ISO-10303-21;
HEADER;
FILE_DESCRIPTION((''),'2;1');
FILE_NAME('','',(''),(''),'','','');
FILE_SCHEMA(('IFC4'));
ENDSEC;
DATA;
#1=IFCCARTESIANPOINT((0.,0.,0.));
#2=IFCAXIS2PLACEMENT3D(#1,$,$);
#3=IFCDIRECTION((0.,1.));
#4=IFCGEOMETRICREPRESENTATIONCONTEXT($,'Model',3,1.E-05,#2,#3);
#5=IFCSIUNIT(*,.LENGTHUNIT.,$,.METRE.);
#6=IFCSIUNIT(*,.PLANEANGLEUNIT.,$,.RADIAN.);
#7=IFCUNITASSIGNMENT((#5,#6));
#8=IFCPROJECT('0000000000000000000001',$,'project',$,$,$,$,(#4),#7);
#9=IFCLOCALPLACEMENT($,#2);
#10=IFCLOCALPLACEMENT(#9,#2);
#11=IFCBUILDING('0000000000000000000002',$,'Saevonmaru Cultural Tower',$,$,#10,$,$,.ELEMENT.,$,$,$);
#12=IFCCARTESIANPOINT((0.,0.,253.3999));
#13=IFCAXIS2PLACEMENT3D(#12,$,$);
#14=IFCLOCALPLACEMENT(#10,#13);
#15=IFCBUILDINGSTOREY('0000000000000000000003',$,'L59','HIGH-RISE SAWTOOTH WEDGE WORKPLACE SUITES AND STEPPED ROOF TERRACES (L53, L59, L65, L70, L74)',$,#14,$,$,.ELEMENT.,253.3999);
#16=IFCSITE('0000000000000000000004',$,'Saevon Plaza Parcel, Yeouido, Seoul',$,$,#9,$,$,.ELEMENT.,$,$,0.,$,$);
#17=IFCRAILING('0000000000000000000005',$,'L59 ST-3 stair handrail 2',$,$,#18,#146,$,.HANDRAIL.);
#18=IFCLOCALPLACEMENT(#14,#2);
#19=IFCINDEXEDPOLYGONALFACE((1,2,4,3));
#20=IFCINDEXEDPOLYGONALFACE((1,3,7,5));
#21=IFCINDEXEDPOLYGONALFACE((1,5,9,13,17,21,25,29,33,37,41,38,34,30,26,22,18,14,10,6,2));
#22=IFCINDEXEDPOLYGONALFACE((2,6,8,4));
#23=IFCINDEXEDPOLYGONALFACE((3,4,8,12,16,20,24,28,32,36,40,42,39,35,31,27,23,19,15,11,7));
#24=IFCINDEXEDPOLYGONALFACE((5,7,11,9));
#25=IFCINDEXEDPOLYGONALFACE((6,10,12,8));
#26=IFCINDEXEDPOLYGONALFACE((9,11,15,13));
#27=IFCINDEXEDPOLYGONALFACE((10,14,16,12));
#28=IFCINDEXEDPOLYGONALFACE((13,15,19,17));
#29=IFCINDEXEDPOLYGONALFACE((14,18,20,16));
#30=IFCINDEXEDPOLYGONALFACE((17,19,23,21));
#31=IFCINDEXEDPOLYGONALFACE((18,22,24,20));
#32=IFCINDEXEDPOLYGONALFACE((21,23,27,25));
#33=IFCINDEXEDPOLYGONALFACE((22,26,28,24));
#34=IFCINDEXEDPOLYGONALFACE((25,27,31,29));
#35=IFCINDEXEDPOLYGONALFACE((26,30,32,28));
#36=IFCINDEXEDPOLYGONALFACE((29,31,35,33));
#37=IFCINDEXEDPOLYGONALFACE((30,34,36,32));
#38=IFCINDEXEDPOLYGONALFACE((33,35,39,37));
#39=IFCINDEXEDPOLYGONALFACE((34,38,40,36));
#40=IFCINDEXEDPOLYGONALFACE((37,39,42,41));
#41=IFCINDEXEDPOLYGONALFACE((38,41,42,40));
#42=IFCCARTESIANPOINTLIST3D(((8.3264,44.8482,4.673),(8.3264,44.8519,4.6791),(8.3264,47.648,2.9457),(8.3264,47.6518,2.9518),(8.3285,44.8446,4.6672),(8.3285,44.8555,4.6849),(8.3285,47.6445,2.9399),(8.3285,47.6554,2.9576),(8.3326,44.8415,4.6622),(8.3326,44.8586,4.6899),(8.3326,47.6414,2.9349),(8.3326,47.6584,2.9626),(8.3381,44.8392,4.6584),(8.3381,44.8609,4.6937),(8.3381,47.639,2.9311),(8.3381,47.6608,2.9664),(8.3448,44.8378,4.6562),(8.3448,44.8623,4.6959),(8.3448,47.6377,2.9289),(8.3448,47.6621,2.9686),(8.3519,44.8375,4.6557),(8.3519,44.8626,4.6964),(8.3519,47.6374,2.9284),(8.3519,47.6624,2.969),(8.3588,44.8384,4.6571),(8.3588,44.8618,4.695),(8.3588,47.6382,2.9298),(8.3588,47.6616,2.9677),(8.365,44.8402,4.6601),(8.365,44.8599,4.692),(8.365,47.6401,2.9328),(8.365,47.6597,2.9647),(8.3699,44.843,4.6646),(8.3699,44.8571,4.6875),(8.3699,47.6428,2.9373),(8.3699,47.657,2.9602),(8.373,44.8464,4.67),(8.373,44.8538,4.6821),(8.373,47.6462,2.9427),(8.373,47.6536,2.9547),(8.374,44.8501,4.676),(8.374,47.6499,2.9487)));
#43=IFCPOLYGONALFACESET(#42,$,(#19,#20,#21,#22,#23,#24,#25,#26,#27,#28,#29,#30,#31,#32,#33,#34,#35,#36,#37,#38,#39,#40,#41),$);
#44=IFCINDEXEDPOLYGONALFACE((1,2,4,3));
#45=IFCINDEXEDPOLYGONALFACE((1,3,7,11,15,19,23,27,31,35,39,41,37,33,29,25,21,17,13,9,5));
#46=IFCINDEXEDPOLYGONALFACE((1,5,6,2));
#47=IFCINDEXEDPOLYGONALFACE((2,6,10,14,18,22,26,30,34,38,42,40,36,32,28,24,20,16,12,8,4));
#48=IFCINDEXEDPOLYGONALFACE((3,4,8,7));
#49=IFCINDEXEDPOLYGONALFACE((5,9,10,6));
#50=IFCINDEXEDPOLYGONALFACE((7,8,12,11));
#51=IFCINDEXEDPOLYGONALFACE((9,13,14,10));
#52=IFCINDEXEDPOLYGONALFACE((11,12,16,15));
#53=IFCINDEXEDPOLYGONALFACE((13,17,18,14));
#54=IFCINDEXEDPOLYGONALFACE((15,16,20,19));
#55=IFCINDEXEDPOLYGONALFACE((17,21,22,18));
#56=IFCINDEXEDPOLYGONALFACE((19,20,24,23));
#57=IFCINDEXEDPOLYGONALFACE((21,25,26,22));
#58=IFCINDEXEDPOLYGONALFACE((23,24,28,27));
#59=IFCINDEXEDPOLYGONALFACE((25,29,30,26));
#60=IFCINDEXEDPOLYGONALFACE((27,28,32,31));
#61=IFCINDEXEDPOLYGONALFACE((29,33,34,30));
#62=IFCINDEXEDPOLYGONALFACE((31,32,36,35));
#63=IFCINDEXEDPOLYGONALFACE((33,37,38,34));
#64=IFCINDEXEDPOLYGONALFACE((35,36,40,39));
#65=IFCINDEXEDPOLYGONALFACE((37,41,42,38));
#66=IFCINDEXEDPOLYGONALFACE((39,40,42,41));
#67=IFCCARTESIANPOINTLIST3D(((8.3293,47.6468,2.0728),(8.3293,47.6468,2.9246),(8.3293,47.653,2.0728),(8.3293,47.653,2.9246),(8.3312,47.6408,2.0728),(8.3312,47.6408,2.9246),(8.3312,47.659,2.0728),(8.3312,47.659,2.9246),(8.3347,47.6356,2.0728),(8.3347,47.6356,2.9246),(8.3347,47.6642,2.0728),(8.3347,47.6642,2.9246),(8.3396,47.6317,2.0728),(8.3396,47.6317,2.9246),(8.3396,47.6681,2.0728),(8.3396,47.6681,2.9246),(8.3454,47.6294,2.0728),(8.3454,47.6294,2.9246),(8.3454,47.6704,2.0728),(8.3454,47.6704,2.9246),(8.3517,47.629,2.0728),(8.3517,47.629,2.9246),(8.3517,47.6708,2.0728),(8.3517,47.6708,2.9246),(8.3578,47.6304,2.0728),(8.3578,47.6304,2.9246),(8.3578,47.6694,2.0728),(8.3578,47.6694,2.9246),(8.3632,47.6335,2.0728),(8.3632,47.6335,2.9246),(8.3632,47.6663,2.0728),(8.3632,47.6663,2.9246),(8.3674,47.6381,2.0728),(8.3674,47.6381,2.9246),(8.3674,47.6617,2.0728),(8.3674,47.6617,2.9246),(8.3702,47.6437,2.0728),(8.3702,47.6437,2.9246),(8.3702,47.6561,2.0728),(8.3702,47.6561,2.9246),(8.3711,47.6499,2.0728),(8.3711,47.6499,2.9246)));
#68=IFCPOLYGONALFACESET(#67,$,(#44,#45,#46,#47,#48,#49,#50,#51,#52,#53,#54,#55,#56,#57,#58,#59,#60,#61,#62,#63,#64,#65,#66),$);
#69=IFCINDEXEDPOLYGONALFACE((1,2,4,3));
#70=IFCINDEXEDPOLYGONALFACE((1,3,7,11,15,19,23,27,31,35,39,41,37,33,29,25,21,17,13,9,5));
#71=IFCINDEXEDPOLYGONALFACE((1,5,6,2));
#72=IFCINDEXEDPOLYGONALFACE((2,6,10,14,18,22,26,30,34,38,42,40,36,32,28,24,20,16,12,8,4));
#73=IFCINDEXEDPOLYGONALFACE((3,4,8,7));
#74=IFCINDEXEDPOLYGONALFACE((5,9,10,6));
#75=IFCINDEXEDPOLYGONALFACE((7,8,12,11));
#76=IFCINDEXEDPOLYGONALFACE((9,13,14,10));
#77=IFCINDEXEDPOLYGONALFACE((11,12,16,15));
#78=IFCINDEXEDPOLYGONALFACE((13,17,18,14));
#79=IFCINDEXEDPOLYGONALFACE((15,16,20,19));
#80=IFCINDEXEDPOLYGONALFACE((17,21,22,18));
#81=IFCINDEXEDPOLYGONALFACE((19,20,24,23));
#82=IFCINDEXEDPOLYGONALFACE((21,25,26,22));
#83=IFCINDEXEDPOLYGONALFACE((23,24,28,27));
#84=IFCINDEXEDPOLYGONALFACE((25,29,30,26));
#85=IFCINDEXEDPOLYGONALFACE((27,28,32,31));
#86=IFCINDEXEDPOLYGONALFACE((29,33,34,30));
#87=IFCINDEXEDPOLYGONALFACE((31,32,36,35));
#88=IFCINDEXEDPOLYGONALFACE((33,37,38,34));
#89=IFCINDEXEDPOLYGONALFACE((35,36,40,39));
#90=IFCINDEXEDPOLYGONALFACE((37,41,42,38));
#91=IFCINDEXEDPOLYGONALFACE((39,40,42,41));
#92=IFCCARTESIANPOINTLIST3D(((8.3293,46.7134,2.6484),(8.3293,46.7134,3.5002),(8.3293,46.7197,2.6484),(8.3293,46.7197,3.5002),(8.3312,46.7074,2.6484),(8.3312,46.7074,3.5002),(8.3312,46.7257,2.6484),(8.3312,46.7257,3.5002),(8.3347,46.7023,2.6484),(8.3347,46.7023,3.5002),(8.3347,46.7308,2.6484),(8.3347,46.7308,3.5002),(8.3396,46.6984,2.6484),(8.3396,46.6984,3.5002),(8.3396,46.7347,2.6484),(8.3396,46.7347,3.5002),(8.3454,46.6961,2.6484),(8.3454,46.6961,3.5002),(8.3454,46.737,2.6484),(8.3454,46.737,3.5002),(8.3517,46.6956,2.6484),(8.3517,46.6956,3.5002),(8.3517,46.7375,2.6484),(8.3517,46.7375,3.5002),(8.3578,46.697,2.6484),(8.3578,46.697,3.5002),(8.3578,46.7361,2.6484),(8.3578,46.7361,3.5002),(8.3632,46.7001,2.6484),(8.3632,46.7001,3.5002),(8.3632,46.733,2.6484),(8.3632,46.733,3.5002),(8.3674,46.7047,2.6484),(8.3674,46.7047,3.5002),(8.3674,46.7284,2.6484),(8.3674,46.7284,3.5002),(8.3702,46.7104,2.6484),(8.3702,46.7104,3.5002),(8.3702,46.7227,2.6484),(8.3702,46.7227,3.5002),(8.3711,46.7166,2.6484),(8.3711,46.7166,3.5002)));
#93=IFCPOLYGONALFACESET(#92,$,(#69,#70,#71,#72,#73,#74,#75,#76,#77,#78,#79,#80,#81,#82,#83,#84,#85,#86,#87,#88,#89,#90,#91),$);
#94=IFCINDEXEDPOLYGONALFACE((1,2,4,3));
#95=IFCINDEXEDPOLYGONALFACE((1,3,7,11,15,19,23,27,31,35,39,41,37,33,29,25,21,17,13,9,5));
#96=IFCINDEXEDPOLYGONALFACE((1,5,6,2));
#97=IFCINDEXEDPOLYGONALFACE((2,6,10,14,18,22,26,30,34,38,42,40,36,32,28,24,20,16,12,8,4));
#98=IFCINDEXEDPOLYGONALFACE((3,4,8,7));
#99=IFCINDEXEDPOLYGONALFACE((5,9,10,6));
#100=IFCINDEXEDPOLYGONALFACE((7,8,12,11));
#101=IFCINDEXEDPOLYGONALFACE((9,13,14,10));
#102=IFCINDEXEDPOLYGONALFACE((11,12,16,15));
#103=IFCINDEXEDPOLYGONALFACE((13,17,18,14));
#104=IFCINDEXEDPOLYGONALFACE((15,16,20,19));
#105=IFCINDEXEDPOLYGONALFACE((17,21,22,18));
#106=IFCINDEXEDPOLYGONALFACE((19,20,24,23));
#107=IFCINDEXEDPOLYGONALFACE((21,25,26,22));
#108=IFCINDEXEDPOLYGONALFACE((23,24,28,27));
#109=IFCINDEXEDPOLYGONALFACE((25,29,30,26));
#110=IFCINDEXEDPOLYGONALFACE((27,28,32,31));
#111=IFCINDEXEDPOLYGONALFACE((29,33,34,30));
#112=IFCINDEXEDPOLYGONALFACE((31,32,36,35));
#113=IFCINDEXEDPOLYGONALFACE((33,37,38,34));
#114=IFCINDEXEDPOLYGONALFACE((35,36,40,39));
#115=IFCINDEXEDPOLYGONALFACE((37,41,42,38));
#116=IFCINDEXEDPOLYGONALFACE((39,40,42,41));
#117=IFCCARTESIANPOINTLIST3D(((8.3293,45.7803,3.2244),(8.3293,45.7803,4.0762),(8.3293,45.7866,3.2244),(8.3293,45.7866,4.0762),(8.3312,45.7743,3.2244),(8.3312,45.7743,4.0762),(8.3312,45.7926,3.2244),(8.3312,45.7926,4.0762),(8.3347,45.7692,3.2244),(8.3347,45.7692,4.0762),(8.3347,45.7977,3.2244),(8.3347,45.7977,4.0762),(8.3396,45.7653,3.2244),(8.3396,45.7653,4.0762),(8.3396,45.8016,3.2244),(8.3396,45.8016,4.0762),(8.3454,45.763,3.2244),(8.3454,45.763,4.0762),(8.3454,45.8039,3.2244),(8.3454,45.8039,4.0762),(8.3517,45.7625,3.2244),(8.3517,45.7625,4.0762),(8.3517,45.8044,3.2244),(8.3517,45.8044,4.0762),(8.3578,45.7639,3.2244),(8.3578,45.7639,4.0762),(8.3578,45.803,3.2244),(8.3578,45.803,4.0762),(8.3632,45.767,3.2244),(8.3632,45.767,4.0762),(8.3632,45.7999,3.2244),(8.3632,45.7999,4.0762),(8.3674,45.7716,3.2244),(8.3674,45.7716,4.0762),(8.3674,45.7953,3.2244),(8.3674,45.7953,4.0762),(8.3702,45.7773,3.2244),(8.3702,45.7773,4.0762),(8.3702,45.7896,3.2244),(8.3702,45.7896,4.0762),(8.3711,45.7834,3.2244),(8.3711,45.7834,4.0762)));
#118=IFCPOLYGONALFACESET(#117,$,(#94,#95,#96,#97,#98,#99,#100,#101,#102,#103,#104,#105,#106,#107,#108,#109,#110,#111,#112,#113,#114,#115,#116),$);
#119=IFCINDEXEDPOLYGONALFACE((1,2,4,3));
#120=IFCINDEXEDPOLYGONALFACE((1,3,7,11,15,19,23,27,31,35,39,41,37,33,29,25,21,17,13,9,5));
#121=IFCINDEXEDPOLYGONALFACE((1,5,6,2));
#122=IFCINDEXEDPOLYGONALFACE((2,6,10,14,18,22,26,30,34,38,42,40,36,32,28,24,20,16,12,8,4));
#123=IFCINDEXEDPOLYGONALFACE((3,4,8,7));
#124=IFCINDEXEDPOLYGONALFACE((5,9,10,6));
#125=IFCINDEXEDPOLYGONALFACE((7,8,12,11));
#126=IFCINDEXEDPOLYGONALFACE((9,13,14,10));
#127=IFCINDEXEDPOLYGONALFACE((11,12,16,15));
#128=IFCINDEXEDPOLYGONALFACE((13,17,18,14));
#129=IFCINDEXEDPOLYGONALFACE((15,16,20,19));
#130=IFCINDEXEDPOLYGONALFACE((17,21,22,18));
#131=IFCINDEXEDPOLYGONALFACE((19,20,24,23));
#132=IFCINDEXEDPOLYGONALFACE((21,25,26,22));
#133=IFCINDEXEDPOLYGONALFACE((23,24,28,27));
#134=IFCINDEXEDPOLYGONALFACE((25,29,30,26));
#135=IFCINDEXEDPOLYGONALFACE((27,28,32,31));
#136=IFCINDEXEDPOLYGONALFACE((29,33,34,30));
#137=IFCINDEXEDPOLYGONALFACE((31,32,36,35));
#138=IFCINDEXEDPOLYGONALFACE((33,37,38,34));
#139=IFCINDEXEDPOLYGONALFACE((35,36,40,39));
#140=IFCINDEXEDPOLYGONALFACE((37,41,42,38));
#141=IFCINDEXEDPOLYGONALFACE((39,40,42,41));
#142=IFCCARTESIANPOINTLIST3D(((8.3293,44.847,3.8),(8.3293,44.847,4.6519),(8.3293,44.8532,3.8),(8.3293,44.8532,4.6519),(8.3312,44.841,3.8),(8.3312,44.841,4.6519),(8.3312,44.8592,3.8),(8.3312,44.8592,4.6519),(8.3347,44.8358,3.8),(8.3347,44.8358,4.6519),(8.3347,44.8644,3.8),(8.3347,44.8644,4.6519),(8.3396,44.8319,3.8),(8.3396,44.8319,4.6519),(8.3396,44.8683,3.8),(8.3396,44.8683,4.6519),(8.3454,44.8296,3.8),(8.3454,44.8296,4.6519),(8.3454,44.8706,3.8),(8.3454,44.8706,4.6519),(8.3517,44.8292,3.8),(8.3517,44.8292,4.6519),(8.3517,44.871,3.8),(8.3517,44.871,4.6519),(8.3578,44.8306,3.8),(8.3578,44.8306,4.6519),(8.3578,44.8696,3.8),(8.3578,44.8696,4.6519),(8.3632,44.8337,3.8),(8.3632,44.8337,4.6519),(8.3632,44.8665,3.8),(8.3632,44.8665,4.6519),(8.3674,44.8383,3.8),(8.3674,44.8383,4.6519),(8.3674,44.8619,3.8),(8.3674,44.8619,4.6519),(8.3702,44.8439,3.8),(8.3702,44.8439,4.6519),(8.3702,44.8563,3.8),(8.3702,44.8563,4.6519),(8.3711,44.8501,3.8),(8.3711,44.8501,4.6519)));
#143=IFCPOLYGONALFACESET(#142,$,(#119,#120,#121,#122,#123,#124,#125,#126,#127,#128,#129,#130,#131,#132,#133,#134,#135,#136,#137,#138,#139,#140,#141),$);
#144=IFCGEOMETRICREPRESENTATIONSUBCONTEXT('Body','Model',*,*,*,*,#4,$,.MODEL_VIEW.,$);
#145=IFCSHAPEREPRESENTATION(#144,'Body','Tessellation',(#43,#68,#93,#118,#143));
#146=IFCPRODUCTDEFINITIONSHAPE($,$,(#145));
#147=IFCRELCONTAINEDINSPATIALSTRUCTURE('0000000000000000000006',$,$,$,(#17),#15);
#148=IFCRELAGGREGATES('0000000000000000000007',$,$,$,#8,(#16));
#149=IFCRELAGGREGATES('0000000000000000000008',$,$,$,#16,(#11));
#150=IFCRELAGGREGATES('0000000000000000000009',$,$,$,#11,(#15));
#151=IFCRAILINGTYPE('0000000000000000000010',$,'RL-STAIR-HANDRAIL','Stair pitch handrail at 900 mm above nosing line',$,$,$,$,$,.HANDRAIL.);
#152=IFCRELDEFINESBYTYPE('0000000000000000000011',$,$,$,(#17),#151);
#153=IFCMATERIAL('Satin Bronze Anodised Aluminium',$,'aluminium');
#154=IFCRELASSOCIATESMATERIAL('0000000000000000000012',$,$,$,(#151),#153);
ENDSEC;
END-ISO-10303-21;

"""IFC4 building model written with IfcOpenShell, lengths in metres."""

from ifc_helpers import new_model, si_unit, direction, frame, origin, origin_2d, place, context, subcontext, project, spatial, circle, extrude, material, type_object, element, save


model = new_model("IFC4")

# Units and contexts
model_context = context("Model", 3, precision=1e-05, world=origin(), true_north=direction((0.0, 1.0)))
body_context = subcontext(model_context, "Body", "Model", "MODEL_VIEW")
ifc_project = project(units=[si_unit("LENGTHUNIT", "METRE"), si_unit("PLANEANGLEUNIT", "RADIAN")], contexts=[model_context])

# Site, building, storey
site_placement = place(None, origin())
site = spatial("IfcSite", under=ifc_project, at=site_placement, Name="Saevon Plaza Parcel, Yeouido, Seoul", CompositionType="ELEMENT", RefElevation=0.0)
building_placement = place(site_placement, origin())
building = spatial("IfcBuilding", under=site, at=building_placement, Name="Saevonmaru Cultural Tower", CompositionType="ELEMENT")
storey_placement = place(building_placement, frame((0.0, 0.0, 253.3999)))
storey = spatial("IfcBuildingStorey", under=building, at=storey_placement, Name="L59", Description="HIGH-RISE SAWTOOTH WEDGE WORKPLACE SUITES AND STEPPED ROOF TERRACES (L53, L59, L65, L70, L74)", CompositionType="ELEMENT", Elevation=253.3999)

# Shared definitions
ifc_material_1 = material(Name="Satin Bronze Anodised Aluminium", Category="aluminium")

# Railing
railing_type_1 = type_object("IfcRailingType", Name="RL-STAIR-HANDRAIL", Description="Stair pitch handrail at 900 mm above nosing line", PredefinedType="HANDRAIL", material=ifc_material_1)
railing_1_placement = place(storey_placement, frame((8.3501, 47.6499, 2.0728)))
element("IfcRailing", 1, at=railing_1_placement, inside=storey, type_object=railing_type_1, Name="L59 ST-3 stair handrail 2", PredefinedType="HANDRAIL", context=body_context, shape_type="SweptSolid", body=[
    extrude(circle(Radius=0.0239, at=origin_2d()), frame((0.0, 0.0, 0.876), z_axis=(0.0, -0.851069, 0.525054), x_axis=(1.0, 0.0, 0.0)), (0.0, 0.0, 1.0), 3.2898),
    extrude(circle(Radius=0.021, at=origin_2d()), origin(), (0.0, 0.0, 1.0), 0.8518),
    extrude(circle(Radius=0.021, at=origin_2d()), frame((0.0, -0.9333, 0.5757)), (0.0, 0.0, 1.0), 0.8518),
    extrude(circle(Radius=0.021, at=origin_2d()), frame((0.0, -1.8665, 1.1516)), (0.0, 0.0, 1.0), 0.8518),
    extrude(circle(Radius=0.021, at=origin_2d()), frame((0.0, -2.7998, 1.7273)), (0.0, 0.0, 1.0), 0.8518),
])

save(model, "model.ifc")
